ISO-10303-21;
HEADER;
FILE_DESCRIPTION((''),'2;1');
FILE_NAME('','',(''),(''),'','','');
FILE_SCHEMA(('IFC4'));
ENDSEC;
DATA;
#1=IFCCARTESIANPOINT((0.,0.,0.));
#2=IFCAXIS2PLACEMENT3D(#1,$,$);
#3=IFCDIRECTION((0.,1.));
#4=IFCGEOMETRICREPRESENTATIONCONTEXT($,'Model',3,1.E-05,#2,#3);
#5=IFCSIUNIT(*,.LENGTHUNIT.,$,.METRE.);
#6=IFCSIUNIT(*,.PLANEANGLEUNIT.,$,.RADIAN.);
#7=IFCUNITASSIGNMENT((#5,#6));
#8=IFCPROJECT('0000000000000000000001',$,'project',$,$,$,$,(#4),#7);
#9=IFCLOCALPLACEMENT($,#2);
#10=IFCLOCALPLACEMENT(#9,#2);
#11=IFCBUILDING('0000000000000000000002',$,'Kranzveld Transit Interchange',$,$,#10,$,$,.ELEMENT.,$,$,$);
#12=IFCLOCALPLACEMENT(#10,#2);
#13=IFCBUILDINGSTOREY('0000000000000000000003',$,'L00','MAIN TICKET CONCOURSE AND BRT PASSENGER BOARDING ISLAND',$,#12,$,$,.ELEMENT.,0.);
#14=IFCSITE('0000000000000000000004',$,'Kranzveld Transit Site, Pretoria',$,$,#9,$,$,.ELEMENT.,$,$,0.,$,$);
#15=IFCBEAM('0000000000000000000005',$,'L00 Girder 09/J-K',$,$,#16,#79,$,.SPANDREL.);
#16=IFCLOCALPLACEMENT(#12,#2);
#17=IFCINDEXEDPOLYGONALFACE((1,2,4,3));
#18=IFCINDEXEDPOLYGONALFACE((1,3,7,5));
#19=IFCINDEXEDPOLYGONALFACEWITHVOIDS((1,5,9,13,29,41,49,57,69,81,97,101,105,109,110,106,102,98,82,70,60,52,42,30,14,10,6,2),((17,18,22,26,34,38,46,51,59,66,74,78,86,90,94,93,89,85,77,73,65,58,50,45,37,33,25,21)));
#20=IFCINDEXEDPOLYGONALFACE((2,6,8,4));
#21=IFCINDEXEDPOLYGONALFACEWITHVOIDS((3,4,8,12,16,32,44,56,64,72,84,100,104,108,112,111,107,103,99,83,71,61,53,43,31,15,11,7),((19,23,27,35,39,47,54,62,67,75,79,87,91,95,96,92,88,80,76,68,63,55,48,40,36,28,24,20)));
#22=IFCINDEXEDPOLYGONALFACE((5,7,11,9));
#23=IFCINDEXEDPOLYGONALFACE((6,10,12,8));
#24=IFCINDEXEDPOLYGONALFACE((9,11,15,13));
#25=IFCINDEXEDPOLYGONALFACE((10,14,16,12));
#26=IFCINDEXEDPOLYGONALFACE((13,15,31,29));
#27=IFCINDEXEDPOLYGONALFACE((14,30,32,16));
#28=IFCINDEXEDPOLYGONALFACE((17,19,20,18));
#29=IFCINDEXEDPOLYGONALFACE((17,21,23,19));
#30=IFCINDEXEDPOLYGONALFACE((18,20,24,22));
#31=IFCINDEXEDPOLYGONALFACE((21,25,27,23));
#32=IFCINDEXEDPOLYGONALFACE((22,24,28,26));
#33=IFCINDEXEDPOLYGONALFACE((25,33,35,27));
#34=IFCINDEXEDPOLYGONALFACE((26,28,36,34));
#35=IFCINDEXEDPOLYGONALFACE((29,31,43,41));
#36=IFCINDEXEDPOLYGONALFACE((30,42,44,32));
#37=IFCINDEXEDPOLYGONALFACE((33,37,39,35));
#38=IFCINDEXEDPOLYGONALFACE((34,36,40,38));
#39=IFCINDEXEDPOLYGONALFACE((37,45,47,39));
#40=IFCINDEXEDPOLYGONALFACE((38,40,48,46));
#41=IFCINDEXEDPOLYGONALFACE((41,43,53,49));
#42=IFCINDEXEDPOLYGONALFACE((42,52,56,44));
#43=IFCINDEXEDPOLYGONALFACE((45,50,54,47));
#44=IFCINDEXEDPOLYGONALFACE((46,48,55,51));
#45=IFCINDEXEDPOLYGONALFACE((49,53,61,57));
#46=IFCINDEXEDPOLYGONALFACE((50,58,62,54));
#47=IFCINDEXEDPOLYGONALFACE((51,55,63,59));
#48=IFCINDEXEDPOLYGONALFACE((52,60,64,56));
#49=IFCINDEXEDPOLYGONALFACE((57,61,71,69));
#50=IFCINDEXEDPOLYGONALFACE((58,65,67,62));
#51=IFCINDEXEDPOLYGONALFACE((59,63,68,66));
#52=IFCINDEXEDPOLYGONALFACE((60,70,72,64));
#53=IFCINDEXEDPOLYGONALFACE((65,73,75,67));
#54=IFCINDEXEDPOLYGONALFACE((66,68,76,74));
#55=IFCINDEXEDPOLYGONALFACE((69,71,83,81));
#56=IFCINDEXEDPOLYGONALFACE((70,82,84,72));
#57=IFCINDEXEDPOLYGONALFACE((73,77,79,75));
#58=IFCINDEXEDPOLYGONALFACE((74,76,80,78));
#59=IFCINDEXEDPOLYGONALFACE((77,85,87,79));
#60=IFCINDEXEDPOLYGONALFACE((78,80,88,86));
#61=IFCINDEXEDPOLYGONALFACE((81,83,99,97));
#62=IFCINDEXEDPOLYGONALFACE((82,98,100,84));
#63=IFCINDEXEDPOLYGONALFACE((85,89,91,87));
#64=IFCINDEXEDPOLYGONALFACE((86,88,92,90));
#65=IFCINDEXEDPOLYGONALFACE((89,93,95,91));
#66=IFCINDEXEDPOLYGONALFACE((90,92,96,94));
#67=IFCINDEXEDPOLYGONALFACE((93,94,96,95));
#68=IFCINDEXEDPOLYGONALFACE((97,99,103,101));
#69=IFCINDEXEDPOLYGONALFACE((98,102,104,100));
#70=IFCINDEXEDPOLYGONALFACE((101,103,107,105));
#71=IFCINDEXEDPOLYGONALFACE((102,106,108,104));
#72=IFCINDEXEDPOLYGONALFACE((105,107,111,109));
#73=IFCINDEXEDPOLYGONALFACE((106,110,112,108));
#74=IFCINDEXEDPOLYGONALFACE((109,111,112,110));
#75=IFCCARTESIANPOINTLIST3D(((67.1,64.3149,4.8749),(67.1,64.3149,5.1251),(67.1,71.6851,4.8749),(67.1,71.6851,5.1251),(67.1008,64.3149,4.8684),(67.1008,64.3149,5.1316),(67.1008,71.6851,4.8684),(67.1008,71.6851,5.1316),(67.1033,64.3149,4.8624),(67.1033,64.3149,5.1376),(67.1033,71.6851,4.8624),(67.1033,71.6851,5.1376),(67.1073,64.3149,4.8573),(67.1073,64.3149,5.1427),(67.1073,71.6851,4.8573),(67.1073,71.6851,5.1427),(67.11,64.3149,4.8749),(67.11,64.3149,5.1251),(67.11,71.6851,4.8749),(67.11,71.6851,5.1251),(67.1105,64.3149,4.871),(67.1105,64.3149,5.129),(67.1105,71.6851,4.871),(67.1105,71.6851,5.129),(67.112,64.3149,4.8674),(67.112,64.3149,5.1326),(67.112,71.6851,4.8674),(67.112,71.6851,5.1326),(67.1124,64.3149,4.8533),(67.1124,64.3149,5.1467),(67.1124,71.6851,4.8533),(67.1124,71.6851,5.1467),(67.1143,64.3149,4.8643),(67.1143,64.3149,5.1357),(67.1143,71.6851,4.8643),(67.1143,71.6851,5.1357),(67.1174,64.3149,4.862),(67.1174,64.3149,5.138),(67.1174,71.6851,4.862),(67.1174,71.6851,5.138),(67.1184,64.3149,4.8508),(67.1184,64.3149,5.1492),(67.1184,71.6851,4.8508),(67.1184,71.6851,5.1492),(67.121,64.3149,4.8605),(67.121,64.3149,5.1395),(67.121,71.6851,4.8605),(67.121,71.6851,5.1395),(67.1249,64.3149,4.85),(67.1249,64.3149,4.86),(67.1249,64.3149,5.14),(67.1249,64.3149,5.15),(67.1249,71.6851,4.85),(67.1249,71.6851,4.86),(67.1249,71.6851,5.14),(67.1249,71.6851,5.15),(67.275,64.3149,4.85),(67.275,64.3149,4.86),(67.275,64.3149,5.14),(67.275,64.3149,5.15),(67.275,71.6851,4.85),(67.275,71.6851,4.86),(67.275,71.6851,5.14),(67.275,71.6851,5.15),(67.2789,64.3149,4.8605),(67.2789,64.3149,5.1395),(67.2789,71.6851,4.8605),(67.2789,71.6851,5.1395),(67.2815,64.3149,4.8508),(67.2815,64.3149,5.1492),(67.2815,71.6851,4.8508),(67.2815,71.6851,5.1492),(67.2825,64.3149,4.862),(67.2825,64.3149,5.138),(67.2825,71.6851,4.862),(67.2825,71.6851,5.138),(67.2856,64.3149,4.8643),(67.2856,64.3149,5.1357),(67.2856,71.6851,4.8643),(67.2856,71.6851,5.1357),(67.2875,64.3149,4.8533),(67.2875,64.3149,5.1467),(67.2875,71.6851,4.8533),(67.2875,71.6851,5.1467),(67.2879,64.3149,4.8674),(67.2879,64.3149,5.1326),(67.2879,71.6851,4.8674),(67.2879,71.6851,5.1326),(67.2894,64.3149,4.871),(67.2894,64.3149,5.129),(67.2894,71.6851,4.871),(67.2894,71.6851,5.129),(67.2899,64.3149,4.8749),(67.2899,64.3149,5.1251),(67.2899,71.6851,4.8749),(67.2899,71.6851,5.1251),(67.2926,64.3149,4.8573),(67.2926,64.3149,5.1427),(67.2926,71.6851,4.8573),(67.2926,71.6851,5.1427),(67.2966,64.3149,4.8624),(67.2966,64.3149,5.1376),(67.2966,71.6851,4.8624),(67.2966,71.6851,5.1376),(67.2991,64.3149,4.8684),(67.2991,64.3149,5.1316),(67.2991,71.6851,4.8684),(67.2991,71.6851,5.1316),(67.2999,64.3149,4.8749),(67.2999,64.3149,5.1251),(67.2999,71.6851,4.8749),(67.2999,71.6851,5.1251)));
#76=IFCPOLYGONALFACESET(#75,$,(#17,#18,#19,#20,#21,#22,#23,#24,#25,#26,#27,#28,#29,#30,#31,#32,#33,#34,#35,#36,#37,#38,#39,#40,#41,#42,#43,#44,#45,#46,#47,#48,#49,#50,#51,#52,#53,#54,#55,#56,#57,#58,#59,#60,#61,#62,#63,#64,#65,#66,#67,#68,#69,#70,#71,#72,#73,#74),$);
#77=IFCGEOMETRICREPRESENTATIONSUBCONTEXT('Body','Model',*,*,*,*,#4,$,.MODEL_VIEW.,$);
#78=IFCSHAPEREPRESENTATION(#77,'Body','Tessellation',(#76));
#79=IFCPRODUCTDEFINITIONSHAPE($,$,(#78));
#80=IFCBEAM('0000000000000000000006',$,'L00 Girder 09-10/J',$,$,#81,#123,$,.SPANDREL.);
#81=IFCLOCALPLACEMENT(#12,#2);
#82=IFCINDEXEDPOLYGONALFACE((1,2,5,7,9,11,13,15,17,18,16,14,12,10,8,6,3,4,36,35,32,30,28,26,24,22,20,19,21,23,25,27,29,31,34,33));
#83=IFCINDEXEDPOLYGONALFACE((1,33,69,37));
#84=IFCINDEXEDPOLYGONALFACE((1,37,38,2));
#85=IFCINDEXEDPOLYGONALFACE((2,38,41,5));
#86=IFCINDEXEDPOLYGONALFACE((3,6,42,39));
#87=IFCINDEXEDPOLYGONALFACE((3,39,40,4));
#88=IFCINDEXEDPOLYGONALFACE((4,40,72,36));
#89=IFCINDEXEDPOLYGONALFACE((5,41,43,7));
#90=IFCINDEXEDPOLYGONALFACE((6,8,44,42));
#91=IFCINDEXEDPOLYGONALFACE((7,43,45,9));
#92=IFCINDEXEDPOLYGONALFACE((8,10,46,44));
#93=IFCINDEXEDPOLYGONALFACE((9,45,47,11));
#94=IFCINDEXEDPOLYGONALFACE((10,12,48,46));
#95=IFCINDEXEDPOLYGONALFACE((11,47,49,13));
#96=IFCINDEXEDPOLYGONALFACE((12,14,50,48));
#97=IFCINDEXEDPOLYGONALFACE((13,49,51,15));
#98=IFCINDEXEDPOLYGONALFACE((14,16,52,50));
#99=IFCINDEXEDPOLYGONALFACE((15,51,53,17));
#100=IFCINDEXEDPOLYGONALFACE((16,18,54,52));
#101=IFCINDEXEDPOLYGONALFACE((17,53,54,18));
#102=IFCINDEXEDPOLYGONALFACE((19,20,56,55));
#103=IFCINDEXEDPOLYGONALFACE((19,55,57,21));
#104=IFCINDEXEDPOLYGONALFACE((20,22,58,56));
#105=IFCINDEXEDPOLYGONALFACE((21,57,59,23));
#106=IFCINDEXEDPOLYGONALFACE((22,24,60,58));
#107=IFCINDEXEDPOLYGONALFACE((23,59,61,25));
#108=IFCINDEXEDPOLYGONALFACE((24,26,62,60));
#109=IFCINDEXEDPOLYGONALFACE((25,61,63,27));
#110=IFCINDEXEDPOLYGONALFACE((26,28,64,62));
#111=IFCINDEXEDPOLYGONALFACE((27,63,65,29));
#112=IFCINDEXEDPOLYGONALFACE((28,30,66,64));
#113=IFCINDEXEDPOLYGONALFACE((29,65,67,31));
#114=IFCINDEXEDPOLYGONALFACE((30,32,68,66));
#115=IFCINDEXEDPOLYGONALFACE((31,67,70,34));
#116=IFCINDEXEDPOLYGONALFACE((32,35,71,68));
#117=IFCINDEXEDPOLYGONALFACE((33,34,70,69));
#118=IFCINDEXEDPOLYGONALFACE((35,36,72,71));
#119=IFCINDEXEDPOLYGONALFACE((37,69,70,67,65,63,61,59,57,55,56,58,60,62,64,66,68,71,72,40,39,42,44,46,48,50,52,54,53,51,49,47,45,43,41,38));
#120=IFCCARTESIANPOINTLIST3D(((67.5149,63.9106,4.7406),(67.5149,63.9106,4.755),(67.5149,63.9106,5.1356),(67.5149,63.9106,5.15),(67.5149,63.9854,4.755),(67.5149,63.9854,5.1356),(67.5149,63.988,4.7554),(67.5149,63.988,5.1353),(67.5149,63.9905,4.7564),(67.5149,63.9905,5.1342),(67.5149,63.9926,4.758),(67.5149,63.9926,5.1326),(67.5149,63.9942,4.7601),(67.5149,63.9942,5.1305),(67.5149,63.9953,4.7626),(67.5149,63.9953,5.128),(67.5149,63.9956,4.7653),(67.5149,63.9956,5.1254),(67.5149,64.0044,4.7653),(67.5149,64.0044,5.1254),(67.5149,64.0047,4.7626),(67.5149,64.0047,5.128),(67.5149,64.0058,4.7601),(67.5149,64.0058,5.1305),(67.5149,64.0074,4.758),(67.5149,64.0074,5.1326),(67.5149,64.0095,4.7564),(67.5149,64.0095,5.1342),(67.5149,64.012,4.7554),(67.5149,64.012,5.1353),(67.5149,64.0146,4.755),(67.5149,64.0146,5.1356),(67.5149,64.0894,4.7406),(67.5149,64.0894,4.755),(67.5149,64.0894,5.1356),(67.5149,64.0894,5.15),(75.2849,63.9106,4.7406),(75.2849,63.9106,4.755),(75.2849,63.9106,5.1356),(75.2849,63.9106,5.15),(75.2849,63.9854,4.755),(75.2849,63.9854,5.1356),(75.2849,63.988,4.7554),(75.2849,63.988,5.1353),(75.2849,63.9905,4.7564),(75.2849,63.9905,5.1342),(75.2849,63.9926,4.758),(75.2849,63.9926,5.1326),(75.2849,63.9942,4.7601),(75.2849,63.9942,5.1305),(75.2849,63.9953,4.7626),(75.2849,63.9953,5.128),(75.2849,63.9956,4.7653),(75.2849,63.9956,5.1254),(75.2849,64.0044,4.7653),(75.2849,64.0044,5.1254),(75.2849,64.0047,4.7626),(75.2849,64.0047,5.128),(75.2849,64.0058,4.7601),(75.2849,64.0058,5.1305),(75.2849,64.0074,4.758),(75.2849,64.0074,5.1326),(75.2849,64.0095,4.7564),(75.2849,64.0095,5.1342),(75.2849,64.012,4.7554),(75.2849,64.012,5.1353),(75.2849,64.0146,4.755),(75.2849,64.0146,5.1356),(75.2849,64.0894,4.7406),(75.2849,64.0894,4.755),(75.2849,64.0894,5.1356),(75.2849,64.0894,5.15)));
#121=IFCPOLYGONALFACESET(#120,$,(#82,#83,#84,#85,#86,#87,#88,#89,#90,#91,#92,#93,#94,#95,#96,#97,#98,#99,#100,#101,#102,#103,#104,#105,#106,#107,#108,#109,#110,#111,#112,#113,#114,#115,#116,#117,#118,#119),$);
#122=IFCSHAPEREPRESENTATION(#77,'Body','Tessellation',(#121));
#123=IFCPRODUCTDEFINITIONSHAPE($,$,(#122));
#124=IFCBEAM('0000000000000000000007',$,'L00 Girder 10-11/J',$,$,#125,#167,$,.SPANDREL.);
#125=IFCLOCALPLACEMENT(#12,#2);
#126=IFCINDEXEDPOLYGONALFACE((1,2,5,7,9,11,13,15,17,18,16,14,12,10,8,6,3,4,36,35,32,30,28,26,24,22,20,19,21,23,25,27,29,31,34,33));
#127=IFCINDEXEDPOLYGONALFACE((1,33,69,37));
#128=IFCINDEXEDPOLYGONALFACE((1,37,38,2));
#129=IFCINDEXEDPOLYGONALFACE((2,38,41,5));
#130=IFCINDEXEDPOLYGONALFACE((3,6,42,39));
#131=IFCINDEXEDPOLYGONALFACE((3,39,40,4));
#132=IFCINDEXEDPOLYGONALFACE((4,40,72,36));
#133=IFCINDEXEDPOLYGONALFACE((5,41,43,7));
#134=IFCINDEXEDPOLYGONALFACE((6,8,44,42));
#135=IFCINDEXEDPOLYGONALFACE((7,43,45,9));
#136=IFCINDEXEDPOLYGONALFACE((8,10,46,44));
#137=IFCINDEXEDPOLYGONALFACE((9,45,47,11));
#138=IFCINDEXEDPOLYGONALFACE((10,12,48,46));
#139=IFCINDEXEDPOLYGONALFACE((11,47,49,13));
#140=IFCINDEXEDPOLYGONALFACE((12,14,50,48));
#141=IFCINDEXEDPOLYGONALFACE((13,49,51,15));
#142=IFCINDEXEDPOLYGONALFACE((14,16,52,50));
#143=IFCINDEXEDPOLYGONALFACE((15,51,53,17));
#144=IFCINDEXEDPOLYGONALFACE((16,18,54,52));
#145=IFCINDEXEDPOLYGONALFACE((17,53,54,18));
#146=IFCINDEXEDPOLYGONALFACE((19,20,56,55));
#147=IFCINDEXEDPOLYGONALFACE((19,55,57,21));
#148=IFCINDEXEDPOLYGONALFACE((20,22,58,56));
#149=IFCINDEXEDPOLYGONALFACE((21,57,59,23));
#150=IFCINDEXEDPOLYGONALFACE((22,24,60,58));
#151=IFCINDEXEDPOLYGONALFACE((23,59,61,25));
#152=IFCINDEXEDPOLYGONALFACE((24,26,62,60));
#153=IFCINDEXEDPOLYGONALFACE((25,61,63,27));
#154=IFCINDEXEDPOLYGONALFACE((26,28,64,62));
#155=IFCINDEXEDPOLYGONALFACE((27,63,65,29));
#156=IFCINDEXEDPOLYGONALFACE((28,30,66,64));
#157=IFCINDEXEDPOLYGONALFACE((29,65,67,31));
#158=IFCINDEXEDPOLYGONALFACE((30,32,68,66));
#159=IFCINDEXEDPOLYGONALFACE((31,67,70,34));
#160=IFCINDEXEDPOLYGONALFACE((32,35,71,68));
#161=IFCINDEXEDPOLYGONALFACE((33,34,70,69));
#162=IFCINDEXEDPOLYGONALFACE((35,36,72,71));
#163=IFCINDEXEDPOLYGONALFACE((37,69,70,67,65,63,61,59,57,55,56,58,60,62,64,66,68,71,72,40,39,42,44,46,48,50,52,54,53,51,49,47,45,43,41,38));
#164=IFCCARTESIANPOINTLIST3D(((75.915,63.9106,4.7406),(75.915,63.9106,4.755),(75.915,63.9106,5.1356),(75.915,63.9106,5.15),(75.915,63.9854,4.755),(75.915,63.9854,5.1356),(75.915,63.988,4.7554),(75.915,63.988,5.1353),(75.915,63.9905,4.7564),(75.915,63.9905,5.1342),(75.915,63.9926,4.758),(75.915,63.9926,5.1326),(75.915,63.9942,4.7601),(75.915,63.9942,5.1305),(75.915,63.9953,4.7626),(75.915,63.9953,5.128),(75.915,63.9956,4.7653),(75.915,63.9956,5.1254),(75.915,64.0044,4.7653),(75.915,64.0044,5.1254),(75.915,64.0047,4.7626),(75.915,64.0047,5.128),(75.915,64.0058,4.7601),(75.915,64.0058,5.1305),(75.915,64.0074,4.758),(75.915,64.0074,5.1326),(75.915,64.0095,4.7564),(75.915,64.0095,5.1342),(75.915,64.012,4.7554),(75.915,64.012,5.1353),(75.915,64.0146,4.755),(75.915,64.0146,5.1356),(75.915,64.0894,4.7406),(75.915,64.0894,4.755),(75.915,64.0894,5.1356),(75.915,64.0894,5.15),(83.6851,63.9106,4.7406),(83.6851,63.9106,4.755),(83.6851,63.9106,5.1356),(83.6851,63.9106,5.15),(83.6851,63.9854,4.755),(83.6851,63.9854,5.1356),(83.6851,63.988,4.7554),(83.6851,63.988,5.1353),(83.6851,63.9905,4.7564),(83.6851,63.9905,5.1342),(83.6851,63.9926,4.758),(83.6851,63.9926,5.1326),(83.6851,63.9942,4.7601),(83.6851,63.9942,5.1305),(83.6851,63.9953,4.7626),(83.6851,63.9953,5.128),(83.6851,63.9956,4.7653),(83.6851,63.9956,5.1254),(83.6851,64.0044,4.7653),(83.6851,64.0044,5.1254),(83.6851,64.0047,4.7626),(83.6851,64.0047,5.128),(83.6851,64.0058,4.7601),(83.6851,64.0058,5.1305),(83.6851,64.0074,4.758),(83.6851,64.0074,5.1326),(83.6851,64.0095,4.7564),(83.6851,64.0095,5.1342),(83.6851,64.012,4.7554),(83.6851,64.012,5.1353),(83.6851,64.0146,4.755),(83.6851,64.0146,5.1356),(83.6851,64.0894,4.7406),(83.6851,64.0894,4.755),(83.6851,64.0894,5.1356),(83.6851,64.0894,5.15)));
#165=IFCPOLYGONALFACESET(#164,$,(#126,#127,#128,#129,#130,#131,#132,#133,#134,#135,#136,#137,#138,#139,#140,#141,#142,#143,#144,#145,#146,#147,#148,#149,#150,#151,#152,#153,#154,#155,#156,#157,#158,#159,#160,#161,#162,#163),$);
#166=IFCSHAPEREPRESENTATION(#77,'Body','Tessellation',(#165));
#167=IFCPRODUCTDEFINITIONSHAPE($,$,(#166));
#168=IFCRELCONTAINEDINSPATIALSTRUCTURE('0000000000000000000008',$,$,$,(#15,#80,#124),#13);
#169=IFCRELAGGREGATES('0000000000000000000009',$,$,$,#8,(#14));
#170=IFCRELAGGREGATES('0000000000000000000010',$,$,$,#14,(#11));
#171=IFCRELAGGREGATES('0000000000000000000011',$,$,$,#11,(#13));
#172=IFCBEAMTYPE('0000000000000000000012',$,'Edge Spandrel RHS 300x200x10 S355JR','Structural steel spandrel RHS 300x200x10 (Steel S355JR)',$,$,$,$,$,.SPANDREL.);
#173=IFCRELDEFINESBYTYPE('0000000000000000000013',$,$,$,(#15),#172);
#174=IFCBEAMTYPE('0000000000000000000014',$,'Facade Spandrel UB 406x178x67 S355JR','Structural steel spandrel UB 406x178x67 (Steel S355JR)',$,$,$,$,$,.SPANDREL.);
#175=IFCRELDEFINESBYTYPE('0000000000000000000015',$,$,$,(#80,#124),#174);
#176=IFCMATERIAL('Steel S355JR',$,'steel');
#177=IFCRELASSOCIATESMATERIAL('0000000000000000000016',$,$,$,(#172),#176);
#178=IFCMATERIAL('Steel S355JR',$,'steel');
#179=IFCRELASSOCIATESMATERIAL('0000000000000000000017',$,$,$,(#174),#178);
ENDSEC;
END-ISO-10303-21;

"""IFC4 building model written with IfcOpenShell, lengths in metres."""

from ifc_helpers import new_model, si_unit, direction, frame, origin, origin_2d, place, context, subcontext, project, spatial, hollow_rectangle, i_section, extrude, material, material_profile, profile_set, type_object, element, save


model = new_model("IFC4")

# Units and contexts
model_context = context("Model", 3, precision=1e-05, world=origin(), true_north=direction((0.0, 1.0)))
body_context = subcontext(model_context, "Body", "Model", "MODEL_VIEW")
ifc_project = project(units=[si_unit("LENGTHUNIT", "METRE"), si_unit("PLANEANGLEUNIT", "RADIAN")], contexts=[model_context])

# Site, building, storey
site_placement = place(None, origin())
site = spatial("IfcSite", under=ifc_project, at=site_placement, Name="Kranzveld Transit Site, Pretoria", CompositionType="ELEMENT", RefElevation=0.0)
building_placement = place(site_placement, origin())
building = spatial("IfcBuilding", under=site, at=building_placement, Name="Kranzveld Transit Interchange", CompositionType="ELEMENT")
storey_placement = place(building_placement, origin())
storey = spatial("IfcBuildingStorey", under=building, at=storey_placement, Name="L00", Description="MAIN TICKET CONCOURSE AND BRT PASSENGER BOARDING ISLAND", CompositionType="ELEMENT", Elevation=0.0)

# Beams
ifc_material_1 = material(Name="Steel S355JR", Category="steel")
ifc_material_profile_1 = material_profile(ifc_material_1, hollow_rectangle(XDim=0.2, YDim=0.3, WallThickness=0.01, InnerFilletRadius=0.0149, OuterFilletRadius=0.0249, at=origin_2d()), Name="RHS 300x200x10")
ifc_profile_set_1 = profile_set([ifc_material_profile_1], Name="Steel S355JR")
beam_type_1 = type_object("IfcBeamType", Name="Edge Spandrel RHS 300x200x10 S355JR", Description="Structural steel spandrel RHS 300x200x10 (Steel S355JR)", PredefinedType="SPANDREL", material=ifc_profile_set_1)
beam_1_placement = place(storey_placement, frame((67.2, 64.3149, 5.0), z_axis=(0.0, 1.0, 0.0), x_axis=(-1.0, 0.0, 0.0)))
element("IfcBeam", 1, at=beam_1_placement, inside=storey, type_object=beam_type_1, Name="L00 Girder 09/J-K", PredefinedType="SPANDREL", context=body_context, shape_type="SweptSolid", body=[
    extrude(hollow_rectangle(XDim=0.2, YDim=0.3, WallThickness=0.01, InnerFilletRadius=0.0149, OuterFilletRadius=0.0249, at=origin_2d()), origin(), (0.0, 0.0, 1.0), 7.3701),
])
ifc_material_2 = material(Name="Steel S355JR", Category="steel")
ifc_material_profile_2 = material_profile(ifc_material_2, i_section(OverallWidth=0.1787, OverallDepth=0.4094, WebThickness=0.0088, FlangeThickness=0.0144, FilletRadius=0.0103, at=origin_2d()), Name="UB 406x178x67")
ifc_profile_set_2 = profile_set([ifc_material_profile_2], Name="Steel S355JR")
beam_type_2 = type_object("IfcBeamType", Name="Facade Spandrel UB 406x178x67 S355JR", Description="Structural steel spandrel UB 406x178x67 (Steel S355JR)", PredefinedType="SPANDREL", material=ifc_profile_set_2)
for number, where, z_axis, x_axis, name in (
    (2, (67.5149, 64.0, 4.9453), (1.0, 0.0, 0.0), (0.0, 1.0, 0.0), "L00 Girder 09-10/J"),
    (3, (75.915, 64.0, 4.9453), (1.0, 0.0, 0.0), (0.0, 1.0, 0.0), "L00 Girder 10-11/J"),
):
    element("IfcBeam", number, at=place(storey_placement, frame(where, z_axis=z_axis, x_axis=x_axis)), inside=storey, type_object=beam_type_2, Name=name, PredefinedType="SPANDREL", context=body_context, shape_type="SweptSolid", body=[
        extrude(i_section(OverallWidth=0.1787, OverallDepth=0.4094, WebThickness=0.0088, FlangeThickness=0.0144, FilletRadius=0.0103, at=origin_2d()), origin(), (0.0, 0.0, 1.0), 7.77),
    ])

save(model, "model.ifc")
